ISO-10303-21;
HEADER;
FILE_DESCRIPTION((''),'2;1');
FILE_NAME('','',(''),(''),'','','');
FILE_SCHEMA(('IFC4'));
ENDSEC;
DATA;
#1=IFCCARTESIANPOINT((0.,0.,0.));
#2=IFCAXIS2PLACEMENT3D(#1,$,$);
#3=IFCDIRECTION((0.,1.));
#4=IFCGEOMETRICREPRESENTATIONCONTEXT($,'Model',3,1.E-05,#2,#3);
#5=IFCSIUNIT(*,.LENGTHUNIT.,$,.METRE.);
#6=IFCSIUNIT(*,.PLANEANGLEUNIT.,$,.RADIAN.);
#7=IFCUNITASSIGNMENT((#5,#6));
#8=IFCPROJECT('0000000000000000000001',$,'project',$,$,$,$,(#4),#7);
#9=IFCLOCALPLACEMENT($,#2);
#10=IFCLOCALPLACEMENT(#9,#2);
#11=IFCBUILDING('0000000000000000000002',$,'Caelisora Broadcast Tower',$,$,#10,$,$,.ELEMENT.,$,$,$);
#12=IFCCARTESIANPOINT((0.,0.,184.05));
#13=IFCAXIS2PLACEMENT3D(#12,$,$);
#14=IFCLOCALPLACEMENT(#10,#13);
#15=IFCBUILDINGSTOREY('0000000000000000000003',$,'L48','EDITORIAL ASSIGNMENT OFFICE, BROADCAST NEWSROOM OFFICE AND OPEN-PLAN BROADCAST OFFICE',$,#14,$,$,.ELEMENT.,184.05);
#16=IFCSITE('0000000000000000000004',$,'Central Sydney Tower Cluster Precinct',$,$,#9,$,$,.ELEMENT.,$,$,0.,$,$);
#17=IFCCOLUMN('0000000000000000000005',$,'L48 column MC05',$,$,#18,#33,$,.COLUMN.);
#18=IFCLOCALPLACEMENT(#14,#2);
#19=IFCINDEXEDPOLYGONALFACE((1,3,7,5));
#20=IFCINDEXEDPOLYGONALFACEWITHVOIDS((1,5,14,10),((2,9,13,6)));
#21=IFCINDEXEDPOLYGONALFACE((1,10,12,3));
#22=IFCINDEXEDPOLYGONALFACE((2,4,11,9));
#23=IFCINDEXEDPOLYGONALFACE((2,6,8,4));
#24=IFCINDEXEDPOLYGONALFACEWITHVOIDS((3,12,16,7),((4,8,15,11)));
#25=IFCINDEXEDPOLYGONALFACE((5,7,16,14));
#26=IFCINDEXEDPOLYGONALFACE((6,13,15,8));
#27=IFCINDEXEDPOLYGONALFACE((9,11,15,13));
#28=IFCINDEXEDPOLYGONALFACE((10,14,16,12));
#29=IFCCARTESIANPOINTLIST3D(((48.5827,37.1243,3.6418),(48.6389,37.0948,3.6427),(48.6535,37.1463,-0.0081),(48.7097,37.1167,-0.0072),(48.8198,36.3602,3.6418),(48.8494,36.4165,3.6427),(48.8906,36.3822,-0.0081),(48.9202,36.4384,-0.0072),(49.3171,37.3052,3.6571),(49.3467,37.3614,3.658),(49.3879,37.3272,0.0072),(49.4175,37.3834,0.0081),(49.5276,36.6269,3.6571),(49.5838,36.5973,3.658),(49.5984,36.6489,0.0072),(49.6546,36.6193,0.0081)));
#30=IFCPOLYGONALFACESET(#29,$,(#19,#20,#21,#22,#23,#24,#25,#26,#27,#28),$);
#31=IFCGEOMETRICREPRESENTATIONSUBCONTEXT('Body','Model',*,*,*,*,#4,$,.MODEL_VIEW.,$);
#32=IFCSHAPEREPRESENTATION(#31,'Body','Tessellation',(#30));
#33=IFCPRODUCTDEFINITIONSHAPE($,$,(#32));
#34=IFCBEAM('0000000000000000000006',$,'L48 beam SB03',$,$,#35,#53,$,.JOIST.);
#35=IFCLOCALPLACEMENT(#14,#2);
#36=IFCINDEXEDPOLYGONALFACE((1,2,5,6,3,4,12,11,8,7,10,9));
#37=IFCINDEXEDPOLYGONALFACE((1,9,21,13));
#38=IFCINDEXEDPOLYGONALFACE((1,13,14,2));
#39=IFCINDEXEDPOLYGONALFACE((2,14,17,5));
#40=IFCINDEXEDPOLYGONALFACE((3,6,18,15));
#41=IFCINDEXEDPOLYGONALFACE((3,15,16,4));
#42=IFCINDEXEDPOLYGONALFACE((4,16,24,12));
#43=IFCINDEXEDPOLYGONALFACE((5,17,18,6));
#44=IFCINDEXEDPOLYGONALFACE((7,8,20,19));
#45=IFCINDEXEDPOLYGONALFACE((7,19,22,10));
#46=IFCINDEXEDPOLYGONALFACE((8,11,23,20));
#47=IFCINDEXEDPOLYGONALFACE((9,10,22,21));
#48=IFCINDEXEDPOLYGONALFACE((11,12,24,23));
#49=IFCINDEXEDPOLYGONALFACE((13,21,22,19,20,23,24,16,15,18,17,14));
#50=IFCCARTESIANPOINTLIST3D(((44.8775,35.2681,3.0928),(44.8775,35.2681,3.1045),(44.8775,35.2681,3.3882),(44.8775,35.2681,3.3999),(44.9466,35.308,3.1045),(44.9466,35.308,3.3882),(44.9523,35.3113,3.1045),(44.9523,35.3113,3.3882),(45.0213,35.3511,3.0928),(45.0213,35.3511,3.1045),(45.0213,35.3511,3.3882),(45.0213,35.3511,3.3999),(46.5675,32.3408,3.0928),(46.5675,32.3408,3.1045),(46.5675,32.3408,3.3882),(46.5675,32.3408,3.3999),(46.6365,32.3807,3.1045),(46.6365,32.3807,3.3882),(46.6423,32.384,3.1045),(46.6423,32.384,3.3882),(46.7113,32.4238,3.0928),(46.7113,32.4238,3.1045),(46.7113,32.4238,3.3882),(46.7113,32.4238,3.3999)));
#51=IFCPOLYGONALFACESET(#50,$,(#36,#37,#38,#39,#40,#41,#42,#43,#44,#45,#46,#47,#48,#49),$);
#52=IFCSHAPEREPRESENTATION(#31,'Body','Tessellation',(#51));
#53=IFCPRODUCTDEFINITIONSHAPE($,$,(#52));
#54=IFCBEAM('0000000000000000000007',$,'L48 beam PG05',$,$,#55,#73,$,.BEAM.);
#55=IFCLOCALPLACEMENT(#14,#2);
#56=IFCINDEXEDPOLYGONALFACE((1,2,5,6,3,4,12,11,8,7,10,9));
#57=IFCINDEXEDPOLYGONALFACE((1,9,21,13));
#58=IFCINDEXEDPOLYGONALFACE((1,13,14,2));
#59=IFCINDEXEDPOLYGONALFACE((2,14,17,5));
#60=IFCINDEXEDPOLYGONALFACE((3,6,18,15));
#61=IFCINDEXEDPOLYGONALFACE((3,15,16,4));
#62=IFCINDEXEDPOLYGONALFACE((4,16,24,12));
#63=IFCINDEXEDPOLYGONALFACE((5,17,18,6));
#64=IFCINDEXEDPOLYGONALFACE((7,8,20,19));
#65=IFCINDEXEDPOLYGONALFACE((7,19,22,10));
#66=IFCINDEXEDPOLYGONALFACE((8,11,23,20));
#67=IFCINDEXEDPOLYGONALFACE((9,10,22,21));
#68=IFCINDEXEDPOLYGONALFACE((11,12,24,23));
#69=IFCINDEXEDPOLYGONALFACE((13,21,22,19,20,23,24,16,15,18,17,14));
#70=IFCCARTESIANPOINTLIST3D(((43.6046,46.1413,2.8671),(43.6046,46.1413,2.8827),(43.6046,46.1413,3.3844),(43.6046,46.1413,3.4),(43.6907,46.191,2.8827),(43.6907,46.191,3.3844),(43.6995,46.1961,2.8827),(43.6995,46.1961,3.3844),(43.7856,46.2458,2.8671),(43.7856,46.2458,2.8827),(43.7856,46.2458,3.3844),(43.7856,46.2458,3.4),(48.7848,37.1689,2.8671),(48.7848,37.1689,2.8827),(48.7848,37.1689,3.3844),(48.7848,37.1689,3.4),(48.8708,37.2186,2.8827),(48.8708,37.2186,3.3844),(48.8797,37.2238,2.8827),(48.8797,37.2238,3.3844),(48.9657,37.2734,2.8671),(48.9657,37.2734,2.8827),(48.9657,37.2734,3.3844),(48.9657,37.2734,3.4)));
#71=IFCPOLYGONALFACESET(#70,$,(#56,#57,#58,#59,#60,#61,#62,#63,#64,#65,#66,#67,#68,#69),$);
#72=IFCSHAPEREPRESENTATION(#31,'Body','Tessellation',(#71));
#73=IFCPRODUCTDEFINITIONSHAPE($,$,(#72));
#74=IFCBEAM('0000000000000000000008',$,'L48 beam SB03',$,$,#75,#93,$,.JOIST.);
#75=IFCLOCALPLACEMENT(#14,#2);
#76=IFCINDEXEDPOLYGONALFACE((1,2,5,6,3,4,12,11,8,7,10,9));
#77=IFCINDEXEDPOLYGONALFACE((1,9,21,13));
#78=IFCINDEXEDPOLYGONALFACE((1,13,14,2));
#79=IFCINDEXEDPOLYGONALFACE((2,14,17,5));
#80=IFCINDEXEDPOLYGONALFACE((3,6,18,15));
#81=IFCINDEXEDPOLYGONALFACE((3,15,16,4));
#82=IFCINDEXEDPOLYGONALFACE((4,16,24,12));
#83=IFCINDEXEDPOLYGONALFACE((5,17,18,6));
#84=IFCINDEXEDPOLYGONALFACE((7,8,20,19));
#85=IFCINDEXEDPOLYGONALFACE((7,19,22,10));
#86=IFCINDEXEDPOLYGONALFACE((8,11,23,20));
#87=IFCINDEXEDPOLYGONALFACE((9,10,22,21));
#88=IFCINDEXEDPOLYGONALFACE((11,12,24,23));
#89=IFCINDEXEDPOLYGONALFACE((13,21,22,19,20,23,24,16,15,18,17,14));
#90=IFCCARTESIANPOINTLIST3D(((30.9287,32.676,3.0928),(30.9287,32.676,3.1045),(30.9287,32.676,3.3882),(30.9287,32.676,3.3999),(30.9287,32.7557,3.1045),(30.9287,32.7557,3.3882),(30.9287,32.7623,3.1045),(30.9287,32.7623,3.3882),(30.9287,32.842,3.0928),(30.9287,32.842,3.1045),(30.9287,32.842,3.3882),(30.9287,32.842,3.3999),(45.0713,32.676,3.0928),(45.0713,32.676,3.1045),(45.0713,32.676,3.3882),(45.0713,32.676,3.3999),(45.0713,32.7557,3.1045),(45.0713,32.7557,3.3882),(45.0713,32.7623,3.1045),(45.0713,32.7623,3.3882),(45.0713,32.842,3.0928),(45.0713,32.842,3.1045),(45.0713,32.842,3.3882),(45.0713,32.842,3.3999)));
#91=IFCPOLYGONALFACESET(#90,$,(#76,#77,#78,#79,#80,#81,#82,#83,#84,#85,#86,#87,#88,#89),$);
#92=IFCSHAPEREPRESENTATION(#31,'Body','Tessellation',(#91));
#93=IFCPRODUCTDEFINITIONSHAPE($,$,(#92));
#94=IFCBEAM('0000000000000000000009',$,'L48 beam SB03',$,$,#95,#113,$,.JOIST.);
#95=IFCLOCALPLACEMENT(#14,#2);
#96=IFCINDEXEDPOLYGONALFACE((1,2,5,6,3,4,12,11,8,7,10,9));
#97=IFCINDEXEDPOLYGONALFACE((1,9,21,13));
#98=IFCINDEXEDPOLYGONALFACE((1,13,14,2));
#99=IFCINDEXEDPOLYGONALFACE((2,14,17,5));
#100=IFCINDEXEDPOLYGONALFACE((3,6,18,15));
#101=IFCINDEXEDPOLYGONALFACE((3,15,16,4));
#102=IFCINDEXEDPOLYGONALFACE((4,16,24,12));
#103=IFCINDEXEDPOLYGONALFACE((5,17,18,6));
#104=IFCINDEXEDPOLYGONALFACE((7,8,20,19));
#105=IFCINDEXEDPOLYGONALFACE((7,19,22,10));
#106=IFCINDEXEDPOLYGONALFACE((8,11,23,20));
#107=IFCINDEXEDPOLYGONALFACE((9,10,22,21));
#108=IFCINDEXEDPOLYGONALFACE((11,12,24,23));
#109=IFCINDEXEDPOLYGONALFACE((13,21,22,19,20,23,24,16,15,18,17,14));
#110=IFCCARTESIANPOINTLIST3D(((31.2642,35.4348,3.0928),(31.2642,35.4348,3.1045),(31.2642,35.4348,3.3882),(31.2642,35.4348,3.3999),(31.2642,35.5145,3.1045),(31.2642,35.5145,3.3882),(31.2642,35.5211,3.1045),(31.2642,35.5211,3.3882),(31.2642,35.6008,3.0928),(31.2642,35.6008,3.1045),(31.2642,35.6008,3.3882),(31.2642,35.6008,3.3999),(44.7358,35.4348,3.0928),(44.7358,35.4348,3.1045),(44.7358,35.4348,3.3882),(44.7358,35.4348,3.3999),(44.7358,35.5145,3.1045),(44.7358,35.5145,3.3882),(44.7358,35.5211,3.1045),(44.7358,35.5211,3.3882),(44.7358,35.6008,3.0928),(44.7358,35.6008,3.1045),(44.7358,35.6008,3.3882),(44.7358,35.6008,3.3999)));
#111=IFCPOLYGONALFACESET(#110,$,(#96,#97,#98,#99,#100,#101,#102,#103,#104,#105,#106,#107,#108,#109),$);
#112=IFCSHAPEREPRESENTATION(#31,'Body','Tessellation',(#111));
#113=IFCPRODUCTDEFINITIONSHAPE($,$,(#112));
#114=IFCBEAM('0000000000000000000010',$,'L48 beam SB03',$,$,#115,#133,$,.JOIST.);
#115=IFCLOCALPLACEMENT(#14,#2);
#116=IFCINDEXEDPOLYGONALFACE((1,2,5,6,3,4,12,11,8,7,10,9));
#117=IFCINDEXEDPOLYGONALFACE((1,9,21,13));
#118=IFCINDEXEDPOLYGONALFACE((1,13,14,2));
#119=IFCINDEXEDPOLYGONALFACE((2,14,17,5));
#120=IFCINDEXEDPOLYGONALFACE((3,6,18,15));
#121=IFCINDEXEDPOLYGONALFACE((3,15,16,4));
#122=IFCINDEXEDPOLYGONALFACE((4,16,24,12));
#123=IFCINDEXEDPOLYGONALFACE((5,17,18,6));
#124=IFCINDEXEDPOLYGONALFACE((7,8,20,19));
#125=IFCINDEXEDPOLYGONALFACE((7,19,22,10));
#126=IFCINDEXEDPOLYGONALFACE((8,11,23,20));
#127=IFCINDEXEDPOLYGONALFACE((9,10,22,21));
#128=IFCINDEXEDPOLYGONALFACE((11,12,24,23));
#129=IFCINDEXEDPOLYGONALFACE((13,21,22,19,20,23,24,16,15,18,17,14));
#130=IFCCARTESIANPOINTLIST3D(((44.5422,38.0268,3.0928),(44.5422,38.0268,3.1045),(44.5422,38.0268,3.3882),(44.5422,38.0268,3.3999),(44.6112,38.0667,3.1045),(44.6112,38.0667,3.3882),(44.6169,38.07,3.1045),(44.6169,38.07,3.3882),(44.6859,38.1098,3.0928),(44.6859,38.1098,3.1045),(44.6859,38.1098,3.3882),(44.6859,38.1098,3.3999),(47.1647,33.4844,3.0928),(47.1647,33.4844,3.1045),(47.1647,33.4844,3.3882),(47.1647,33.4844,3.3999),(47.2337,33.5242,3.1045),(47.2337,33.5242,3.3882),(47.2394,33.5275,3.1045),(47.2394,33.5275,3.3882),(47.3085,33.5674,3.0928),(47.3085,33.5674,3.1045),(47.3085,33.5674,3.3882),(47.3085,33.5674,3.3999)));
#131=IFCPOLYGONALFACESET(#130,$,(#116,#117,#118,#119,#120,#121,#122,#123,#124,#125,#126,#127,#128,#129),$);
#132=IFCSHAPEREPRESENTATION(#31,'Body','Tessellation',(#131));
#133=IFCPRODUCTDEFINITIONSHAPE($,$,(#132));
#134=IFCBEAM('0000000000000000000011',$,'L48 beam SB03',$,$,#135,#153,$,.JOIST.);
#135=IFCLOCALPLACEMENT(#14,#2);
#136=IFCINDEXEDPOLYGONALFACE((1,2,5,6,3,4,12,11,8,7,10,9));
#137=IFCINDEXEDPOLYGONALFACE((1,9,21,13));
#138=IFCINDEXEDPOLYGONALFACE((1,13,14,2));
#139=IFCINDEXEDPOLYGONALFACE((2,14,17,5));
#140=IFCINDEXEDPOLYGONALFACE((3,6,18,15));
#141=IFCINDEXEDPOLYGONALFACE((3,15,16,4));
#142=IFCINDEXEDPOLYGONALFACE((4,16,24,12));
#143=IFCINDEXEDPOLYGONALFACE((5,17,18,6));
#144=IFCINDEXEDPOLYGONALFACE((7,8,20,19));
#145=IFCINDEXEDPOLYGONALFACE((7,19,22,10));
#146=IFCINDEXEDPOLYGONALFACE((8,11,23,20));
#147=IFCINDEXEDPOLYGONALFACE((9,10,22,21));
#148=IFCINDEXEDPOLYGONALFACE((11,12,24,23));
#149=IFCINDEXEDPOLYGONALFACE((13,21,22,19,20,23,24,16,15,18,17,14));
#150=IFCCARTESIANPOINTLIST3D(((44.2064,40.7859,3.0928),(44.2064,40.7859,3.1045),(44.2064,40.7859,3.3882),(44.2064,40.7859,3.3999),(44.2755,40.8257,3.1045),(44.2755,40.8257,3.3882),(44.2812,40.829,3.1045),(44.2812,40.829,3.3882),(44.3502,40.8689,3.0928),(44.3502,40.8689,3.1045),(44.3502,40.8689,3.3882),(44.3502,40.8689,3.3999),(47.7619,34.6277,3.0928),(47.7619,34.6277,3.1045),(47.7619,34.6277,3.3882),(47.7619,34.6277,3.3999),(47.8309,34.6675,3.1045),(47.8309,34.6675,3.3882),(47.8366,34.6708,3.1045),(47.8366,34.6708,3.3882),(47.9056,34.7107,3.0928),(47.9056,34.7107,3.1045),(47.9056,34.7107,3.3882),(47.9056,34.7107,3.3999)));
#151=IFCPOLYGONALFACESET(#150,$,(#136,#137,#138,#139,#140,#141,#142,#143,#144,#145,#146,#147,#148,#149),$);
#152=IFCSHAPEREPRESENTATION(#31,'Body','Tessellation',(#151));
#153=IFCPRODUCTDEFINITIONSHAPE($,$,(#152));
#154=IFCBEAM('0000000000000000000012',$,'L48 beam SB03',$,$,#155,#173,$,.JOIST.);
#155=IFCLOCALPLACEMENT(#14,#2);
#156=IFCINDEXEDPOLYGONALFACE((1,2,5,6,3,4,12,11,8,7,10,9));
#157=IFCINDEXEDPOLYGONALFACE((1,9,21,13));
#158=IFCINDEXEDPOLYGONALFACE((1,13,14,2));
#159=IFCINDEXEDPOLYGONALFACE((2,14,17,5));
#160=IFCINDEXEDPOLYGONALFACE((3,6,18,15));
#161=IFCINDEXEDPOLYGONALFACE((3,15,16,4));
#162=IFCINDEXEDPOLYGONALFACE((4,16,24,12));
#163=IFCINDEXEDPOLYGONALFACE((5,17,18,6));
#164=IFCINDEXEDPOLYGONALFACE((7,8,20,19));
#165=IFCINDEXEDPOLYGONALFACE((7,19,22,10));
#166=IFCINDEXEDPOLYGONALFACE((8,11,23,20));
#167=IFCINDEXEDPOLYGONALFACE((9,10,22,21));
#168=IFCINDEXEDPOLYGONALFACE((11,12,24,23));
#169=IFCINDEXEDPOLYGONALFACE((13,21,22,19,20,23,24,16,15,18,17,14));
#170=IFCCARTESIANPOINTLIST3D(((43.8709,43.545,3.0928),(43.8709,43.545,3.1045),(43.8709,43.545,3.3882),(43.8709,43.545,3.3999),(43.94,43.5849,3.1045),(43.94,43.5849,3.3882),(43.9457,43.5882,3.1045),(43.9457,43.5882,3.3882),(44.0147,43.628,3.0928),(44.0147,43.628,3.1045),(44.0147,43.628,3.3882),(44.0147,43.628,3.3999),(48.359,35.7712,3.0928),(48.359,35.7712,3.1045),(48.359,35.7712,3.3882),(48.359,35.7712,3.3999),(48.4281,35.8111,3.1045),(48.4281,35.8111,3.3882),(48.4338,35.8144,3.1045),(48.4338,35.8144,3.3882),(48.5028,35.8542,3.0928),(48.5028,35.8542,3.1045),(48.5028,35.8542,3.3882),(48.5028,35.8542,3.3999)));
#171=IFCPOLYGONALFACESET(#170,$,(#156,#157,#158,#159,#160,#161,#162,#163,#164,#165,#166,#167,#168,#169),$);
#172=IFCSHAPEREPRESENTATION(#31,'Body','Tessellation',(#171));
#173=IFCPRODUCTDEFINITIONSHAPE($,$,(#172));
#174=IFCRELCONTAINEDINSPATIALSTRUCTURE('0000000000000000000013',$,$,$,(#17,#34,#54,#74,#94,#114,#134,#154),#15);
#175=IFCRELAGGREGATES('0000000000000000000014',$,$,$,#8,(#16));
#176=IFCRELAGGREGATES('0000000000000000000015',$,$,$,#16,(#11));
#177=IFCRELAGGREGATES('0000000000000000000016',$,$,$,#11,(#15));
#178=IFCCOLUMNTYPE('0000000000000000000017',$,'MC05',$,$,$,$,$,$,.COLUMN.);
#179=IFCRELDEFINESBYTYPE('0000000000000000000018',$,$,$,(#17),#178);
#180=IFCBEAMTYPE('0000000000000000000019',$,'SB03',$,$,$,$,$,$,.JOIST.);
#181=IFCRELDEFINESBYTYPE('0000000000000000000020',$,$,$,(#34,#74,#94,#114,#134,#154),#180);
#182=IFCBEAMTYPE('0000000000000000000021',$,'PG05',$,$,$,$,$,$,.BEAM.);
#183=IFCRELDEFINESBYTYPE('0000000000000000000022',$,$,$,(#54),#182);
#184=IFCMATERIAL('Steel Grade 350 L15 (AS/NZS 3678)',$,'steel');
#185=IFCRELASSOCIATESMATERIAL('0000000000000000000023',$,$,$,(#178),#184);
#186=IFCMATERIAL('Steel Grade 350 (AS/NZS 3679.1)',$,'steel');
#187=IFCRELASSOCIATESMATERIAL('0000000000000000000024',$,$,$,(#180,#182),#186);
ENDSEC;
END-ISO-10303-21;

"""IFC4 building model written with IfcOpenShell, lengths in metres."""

from ifc_helpers import new_model, si_unit, direction, frame, origin, origin_2d, place, context, subcontext, project, spatial, hollow_rectangle, i_section, extrude, source, transform, mapped, material, material_profile, profile_set, type_object, type_shapes, element, save


model = new_model("IFC4")

# Units and contexts
model_context = context("Model", 3, precision=1e-05, world=origin(), true_north=direction((0.0, 1.0)))
body_context = subcontext(model_context, "Body", "Model", "MODEL_VIEW")
ifc_project = project(units=[si_unit("LENGTHUNIT", "METRE"), si_unit("PLANEANGLEUNIT", "RADIAN")], contexts=[model_context])

# Site, building, storey
site_placement = place(None, origin())
site = spatial("IfcSite", under=ifc_project, at=site_placement, Name="Central Sydney Tower Cluster Precinct", CompositionType="ELEMENT", RefElevation=0.0)
building_placement = place(site_placement, origin())
building = spatial("IfcBuilding", under=site, at=building_placement, Name="Caelisora Broadcast Tower", CompositionType="ELEMENT")
storey_placement = place(building_placement, frame((0.0, 0.0, 184.05)))
storey = spatial("IfcBuildingStorey", under=building, at=storey_placement, Name="L48", Description="EDITORIAL ASSIGNMENT OFFICE, BROADCAST NEWSROOM OFFICE AND OPEN-PLAN BROADCAST OFFICE", CompositionType="ELEMENT", Elevation=184.05)

# Column
ifc_material_1 = material(Name="Steel Grade 350 L15 (AS/NZS 3678)", Category="steel")
ifc_material_profile_1 = material_profile(ifc_material_1, hollow_rectangle(XDim=0.8, YDim=0.8, WallThickness=0.0449, at=origin_2d()), Name="Steel Grade 350 L15 (AS/NZS 3678)")
ifc_profile_set_1 = profile_set([ifc_material_profile_1], Name="Steel Grade 350 L15 (AS/NZS 3678)")
column_type = type_object("IfcColumnType", Name="MC05", PredefinedType="COLUMN", material=ifc_profile_set_1)
shared_shape_1 = source(origin(), body_context, "Body", "SweptSolid", [
    extrude(hollow_rectangle(XDim=0.8, YDim=0.8, WallThickness=0.0449, at=origin_2d()), origin(), (0.0, 0.0, 1.0), 3.6506),
])
type_shapes(column_type, [shared_shape_1])
column_placement = place(storey_placement, frame((49.1541, 36.8828, 0.0), z_axis=(-0.019394, -0.006019, 0.999794), x_axis=(0.296399, -0.955064, 0.0)))
element("IfcColumn", 1, at=column_placement, inside=storey, type_object=column_type, Name="L48 column MC05", PredefinedType="COLUMN", context=body_context, shape_type="MappedRepresentation", body=[
    mapped(shared_shape_1, transform((0.0, 0.0, 0.0), scale=1.0)),
])

# Beams
ifc_material_2 = material(Name="Steel Grade 350 (AS/NZS 3679.1)", Category="steel")
ifc_material_profile_2 = material_profile(ifc_material_2, i_section(OverallWidth=0.166, OverallDepth=0.3071, WebThickness=0.0066, FlangeThickness=0.0117, at=origin_2d()), Name="Steel Grade 350 (AS/NZS 3679.1)")
ifc_profile_set_2 = profile_set([ifc_material_profile_2], Name="Steel Grade 350 (AS/NZS 3679.1)")
beam_type_1 = type_object("IfcBeamType", Name="SB03", PredefinedType="JOIST", material=ifc_profile_set_2)
shared_shape_2 = source(origin(), body_context, "Body", "SweptSolid", [
    extrude(i_section(OverallWidth=0.166, OverallDepth=0.3071, WebThickness=0.0066, FlangeThickness=0.0117, at=origin_2d()), origin(), (0.0, 0.0, 1.0), 3.3801),
])
beam_1_placement = place(storey_placement, frame((46.6394, 32.3823, 3.2463), z_axis=(-0.499977, 0.866039, 0.0), x_axis=(-0.866039, -0.499977, 0.0)))
element("IfcBeam", 2, at=beam_1_placement, inside=storey, type_object=beam_type_1, Name="L48 beam SB03", PredefinedType="JOIST", context=body_context, shape_type="MappedRepresentation", body=[
    mapped(shared_shape_2, transform((0.0, 0.0, 0.0), scale=1.0)),
])
ifc_material_profile_3 = material_profile(ifc_material_2, i_section(OverallWidth=0.209, OverallDepth=0.533, WebThickness=0.0103, FlangeThickness=0.0156, at=origin_2d()), Name="Steel Grade 350 (AS/NZS 3679.1)")
ifc_profile_set_3 = profile_set([ifc_material_profile_3], Name="Steel Grade 350 (AS/NZS 3679.1)")
beam_type_2 = type_object("IfcBeamType", Name="PG05", PredefinedType="BEAM", material=ifc_profile_set_3)
shared_shape_3 = source(origin(), body_context, "Body", "SweptSolid", [
    extrude(i_section(OverallWidth=0.209, OverallDepth=0.533, WebThickness=0.0103, FlangeThickness=0.0156, at=origin_2d()), origin(), (0.0, 0.0, 1.0), 10.3604),
])
type_shapes(beam_type_2, [shared_shape_3])
beam_2_placement = place(storey_placement, frame((48.8752, 37.2212, 3.1335), z_axis=(-0.499996, 0.866027, 0.0), x_axis=(-0.866027, -0.499996, 0.0)))
element("IfcBeam", 3, at=beam_2_placement, inside=storey, type_object=beam_type_2, Name="L48 beam PG05", PredefinedType="BEAM", context=body_context, shape_type="MappedRepresentation", body=[
    mapped(shared_shape_3, transform((0.0, 0.0, 0.0), scale=1.0)),
])
shared_shape_4 = source(origin(), body_context, "Body", "SweptSolid", [
    extrude(i_section(OverallWidth=0.166, OverallDepth=0.3071, WebThickness=0.0066, FlangeThickness=0.0117, at=origin_2d()), origin(), (0.0, 0.0, 1.0), 14.1426),
])
beam_3_placement = place(storey_placement, frame((45.0713, 32.759, 3.2463), z_axis=(-1.0, 0.0, 0.0), x_axis=(0.0, -1.0, 0.0)))
element("IfcBeam", 4, at=beam_3_placement, inside=storey, type_object=beam_type_1, Name="L48 beam SB03", PredefinedType="JOIST", context=body_context, shape_type="MappedRepresentation", body=[
    mapped(shared_shape_4, transform((0.0, 0.0, 0.0), scale=1.0)),
])
shared_shape_5 = source(origin(), body_context, "Body", "SweptSolid", [
    extrude(i_section(OverallWidth=0.166, OverallDepth=0.3071, WebThickness=0.0066, FlangeThickness=0.0117, at=origin_2d()), origin(), (0.0, 0.0, 1.0), 13.4717),
])
beam_4_placement = place(storey_placement, frame((44.7358, 35.5178, 3.2463), z_axis=(-1.0, 0.0, 0.0), x_axis=(0.0, -1.0, 0.0)))
element("IfcBeam", 5, at=beam_4_placement, inside=storey, type_object=beam_type_1, Name="L48 beam SB03", PredefinedType="JOIST", context=body_context, shape_type="MappedRepresentation", body=[
    mapped(shared_shape_5, transform((0.0, 0.0, 0.0), scale=1.0)),
])
shared_shape_6 = source(origin(), body_context, "Body", "SweptSolid", [
    extrude(i_section(OverallWidth=0.166, OverallDepth=0.3071, WebThickness=0.0066, FlangeThickness=0.0117, at=origin_2d()), origin(), (0.0, 0.0, 1.0), 5.2451),
])
beam_5_placement = place(storey_placement, frame((47.2366, 33.5259, 3.2463), z_axis=(-0.499994, 0.866029, 0.0), x_axis=(-0.866029, -0.499994, 0.0)))
element("IfcBeam", 6, at=beam_5_placement, inside=storey, type_object=beam_type_1, Name="L48 beam SB03", PredefinedType="JOIST", context=body_context, shape_type="MappedRepresentation", body=[
    mapped(shared_shape_6, transform((0.0, 0.0, 0.0), scale=1.0)),
])
shared_shape_7 = source(origin(), body_context, "Body", "SweptSolid", [
    extrude(i_section(OverallWidth=0.166, OverallDepth=0.3071, WebThickness=0.0066, FlangeThickness=0.0117, at=origin_2d()), origin(), (0.0, 0.0, 1.0), 7.1108),
])
beam_6_placement = place(storey_placement, frame((47.8337, 34.6692, 3.2463), z_axis=(-0.499998, 0.866027, 0.0), x_axis=(-0.866027, -0.499998, 0.0)))
element("IfcBeam", 7, at=beam_6_placement, inside=storey, type_object=beam_type_1, Name="L48 beam SB03", PredefinedType="JOIST", context=body_context, shape_type="MappedRepresentation", body=[
    mapped(shared_shape_7, transform((0.0, 0.0, 0.0), scale=1.0)),
])
shared_shape_8 = source(origin(), body_context, "Body", "SweptSolid", [
    extrude(i_section(OverallWidth=0.166, OverallDepth=0.3071, WebThickness=0.0066, FlangeThickness=0.0117, at=origin_2d()), origin(), (0.0, 0.0, 1.0), 8.9763),
])
type_shapes(beam_type_1, [shared_shape_2, shared_shape_4, shared_shape_5, shared_shape_6, shared_shape_7, shared_shape_8])
beam_7_placement = place(storey_placement, frame((48.4309, 35.8127, 3.2463), z_axis=(-0.499992, 0.86603, 0.0), x_axis=(-0.86603, -0.499992, 0.0)))
element("IfcBeam", 8, at=beam_7_placement, inside=storey, type_object=beam_type_1, Name="L48 beam SB03", PredefinedType="JOIST", context=body_context, shape_type="MappedRepresentation", body=[
    mapped(shared_shape_8, transform((0.0, 0.0, 0.0), scale=1.0)),
])

save(model, "model.ifc")
